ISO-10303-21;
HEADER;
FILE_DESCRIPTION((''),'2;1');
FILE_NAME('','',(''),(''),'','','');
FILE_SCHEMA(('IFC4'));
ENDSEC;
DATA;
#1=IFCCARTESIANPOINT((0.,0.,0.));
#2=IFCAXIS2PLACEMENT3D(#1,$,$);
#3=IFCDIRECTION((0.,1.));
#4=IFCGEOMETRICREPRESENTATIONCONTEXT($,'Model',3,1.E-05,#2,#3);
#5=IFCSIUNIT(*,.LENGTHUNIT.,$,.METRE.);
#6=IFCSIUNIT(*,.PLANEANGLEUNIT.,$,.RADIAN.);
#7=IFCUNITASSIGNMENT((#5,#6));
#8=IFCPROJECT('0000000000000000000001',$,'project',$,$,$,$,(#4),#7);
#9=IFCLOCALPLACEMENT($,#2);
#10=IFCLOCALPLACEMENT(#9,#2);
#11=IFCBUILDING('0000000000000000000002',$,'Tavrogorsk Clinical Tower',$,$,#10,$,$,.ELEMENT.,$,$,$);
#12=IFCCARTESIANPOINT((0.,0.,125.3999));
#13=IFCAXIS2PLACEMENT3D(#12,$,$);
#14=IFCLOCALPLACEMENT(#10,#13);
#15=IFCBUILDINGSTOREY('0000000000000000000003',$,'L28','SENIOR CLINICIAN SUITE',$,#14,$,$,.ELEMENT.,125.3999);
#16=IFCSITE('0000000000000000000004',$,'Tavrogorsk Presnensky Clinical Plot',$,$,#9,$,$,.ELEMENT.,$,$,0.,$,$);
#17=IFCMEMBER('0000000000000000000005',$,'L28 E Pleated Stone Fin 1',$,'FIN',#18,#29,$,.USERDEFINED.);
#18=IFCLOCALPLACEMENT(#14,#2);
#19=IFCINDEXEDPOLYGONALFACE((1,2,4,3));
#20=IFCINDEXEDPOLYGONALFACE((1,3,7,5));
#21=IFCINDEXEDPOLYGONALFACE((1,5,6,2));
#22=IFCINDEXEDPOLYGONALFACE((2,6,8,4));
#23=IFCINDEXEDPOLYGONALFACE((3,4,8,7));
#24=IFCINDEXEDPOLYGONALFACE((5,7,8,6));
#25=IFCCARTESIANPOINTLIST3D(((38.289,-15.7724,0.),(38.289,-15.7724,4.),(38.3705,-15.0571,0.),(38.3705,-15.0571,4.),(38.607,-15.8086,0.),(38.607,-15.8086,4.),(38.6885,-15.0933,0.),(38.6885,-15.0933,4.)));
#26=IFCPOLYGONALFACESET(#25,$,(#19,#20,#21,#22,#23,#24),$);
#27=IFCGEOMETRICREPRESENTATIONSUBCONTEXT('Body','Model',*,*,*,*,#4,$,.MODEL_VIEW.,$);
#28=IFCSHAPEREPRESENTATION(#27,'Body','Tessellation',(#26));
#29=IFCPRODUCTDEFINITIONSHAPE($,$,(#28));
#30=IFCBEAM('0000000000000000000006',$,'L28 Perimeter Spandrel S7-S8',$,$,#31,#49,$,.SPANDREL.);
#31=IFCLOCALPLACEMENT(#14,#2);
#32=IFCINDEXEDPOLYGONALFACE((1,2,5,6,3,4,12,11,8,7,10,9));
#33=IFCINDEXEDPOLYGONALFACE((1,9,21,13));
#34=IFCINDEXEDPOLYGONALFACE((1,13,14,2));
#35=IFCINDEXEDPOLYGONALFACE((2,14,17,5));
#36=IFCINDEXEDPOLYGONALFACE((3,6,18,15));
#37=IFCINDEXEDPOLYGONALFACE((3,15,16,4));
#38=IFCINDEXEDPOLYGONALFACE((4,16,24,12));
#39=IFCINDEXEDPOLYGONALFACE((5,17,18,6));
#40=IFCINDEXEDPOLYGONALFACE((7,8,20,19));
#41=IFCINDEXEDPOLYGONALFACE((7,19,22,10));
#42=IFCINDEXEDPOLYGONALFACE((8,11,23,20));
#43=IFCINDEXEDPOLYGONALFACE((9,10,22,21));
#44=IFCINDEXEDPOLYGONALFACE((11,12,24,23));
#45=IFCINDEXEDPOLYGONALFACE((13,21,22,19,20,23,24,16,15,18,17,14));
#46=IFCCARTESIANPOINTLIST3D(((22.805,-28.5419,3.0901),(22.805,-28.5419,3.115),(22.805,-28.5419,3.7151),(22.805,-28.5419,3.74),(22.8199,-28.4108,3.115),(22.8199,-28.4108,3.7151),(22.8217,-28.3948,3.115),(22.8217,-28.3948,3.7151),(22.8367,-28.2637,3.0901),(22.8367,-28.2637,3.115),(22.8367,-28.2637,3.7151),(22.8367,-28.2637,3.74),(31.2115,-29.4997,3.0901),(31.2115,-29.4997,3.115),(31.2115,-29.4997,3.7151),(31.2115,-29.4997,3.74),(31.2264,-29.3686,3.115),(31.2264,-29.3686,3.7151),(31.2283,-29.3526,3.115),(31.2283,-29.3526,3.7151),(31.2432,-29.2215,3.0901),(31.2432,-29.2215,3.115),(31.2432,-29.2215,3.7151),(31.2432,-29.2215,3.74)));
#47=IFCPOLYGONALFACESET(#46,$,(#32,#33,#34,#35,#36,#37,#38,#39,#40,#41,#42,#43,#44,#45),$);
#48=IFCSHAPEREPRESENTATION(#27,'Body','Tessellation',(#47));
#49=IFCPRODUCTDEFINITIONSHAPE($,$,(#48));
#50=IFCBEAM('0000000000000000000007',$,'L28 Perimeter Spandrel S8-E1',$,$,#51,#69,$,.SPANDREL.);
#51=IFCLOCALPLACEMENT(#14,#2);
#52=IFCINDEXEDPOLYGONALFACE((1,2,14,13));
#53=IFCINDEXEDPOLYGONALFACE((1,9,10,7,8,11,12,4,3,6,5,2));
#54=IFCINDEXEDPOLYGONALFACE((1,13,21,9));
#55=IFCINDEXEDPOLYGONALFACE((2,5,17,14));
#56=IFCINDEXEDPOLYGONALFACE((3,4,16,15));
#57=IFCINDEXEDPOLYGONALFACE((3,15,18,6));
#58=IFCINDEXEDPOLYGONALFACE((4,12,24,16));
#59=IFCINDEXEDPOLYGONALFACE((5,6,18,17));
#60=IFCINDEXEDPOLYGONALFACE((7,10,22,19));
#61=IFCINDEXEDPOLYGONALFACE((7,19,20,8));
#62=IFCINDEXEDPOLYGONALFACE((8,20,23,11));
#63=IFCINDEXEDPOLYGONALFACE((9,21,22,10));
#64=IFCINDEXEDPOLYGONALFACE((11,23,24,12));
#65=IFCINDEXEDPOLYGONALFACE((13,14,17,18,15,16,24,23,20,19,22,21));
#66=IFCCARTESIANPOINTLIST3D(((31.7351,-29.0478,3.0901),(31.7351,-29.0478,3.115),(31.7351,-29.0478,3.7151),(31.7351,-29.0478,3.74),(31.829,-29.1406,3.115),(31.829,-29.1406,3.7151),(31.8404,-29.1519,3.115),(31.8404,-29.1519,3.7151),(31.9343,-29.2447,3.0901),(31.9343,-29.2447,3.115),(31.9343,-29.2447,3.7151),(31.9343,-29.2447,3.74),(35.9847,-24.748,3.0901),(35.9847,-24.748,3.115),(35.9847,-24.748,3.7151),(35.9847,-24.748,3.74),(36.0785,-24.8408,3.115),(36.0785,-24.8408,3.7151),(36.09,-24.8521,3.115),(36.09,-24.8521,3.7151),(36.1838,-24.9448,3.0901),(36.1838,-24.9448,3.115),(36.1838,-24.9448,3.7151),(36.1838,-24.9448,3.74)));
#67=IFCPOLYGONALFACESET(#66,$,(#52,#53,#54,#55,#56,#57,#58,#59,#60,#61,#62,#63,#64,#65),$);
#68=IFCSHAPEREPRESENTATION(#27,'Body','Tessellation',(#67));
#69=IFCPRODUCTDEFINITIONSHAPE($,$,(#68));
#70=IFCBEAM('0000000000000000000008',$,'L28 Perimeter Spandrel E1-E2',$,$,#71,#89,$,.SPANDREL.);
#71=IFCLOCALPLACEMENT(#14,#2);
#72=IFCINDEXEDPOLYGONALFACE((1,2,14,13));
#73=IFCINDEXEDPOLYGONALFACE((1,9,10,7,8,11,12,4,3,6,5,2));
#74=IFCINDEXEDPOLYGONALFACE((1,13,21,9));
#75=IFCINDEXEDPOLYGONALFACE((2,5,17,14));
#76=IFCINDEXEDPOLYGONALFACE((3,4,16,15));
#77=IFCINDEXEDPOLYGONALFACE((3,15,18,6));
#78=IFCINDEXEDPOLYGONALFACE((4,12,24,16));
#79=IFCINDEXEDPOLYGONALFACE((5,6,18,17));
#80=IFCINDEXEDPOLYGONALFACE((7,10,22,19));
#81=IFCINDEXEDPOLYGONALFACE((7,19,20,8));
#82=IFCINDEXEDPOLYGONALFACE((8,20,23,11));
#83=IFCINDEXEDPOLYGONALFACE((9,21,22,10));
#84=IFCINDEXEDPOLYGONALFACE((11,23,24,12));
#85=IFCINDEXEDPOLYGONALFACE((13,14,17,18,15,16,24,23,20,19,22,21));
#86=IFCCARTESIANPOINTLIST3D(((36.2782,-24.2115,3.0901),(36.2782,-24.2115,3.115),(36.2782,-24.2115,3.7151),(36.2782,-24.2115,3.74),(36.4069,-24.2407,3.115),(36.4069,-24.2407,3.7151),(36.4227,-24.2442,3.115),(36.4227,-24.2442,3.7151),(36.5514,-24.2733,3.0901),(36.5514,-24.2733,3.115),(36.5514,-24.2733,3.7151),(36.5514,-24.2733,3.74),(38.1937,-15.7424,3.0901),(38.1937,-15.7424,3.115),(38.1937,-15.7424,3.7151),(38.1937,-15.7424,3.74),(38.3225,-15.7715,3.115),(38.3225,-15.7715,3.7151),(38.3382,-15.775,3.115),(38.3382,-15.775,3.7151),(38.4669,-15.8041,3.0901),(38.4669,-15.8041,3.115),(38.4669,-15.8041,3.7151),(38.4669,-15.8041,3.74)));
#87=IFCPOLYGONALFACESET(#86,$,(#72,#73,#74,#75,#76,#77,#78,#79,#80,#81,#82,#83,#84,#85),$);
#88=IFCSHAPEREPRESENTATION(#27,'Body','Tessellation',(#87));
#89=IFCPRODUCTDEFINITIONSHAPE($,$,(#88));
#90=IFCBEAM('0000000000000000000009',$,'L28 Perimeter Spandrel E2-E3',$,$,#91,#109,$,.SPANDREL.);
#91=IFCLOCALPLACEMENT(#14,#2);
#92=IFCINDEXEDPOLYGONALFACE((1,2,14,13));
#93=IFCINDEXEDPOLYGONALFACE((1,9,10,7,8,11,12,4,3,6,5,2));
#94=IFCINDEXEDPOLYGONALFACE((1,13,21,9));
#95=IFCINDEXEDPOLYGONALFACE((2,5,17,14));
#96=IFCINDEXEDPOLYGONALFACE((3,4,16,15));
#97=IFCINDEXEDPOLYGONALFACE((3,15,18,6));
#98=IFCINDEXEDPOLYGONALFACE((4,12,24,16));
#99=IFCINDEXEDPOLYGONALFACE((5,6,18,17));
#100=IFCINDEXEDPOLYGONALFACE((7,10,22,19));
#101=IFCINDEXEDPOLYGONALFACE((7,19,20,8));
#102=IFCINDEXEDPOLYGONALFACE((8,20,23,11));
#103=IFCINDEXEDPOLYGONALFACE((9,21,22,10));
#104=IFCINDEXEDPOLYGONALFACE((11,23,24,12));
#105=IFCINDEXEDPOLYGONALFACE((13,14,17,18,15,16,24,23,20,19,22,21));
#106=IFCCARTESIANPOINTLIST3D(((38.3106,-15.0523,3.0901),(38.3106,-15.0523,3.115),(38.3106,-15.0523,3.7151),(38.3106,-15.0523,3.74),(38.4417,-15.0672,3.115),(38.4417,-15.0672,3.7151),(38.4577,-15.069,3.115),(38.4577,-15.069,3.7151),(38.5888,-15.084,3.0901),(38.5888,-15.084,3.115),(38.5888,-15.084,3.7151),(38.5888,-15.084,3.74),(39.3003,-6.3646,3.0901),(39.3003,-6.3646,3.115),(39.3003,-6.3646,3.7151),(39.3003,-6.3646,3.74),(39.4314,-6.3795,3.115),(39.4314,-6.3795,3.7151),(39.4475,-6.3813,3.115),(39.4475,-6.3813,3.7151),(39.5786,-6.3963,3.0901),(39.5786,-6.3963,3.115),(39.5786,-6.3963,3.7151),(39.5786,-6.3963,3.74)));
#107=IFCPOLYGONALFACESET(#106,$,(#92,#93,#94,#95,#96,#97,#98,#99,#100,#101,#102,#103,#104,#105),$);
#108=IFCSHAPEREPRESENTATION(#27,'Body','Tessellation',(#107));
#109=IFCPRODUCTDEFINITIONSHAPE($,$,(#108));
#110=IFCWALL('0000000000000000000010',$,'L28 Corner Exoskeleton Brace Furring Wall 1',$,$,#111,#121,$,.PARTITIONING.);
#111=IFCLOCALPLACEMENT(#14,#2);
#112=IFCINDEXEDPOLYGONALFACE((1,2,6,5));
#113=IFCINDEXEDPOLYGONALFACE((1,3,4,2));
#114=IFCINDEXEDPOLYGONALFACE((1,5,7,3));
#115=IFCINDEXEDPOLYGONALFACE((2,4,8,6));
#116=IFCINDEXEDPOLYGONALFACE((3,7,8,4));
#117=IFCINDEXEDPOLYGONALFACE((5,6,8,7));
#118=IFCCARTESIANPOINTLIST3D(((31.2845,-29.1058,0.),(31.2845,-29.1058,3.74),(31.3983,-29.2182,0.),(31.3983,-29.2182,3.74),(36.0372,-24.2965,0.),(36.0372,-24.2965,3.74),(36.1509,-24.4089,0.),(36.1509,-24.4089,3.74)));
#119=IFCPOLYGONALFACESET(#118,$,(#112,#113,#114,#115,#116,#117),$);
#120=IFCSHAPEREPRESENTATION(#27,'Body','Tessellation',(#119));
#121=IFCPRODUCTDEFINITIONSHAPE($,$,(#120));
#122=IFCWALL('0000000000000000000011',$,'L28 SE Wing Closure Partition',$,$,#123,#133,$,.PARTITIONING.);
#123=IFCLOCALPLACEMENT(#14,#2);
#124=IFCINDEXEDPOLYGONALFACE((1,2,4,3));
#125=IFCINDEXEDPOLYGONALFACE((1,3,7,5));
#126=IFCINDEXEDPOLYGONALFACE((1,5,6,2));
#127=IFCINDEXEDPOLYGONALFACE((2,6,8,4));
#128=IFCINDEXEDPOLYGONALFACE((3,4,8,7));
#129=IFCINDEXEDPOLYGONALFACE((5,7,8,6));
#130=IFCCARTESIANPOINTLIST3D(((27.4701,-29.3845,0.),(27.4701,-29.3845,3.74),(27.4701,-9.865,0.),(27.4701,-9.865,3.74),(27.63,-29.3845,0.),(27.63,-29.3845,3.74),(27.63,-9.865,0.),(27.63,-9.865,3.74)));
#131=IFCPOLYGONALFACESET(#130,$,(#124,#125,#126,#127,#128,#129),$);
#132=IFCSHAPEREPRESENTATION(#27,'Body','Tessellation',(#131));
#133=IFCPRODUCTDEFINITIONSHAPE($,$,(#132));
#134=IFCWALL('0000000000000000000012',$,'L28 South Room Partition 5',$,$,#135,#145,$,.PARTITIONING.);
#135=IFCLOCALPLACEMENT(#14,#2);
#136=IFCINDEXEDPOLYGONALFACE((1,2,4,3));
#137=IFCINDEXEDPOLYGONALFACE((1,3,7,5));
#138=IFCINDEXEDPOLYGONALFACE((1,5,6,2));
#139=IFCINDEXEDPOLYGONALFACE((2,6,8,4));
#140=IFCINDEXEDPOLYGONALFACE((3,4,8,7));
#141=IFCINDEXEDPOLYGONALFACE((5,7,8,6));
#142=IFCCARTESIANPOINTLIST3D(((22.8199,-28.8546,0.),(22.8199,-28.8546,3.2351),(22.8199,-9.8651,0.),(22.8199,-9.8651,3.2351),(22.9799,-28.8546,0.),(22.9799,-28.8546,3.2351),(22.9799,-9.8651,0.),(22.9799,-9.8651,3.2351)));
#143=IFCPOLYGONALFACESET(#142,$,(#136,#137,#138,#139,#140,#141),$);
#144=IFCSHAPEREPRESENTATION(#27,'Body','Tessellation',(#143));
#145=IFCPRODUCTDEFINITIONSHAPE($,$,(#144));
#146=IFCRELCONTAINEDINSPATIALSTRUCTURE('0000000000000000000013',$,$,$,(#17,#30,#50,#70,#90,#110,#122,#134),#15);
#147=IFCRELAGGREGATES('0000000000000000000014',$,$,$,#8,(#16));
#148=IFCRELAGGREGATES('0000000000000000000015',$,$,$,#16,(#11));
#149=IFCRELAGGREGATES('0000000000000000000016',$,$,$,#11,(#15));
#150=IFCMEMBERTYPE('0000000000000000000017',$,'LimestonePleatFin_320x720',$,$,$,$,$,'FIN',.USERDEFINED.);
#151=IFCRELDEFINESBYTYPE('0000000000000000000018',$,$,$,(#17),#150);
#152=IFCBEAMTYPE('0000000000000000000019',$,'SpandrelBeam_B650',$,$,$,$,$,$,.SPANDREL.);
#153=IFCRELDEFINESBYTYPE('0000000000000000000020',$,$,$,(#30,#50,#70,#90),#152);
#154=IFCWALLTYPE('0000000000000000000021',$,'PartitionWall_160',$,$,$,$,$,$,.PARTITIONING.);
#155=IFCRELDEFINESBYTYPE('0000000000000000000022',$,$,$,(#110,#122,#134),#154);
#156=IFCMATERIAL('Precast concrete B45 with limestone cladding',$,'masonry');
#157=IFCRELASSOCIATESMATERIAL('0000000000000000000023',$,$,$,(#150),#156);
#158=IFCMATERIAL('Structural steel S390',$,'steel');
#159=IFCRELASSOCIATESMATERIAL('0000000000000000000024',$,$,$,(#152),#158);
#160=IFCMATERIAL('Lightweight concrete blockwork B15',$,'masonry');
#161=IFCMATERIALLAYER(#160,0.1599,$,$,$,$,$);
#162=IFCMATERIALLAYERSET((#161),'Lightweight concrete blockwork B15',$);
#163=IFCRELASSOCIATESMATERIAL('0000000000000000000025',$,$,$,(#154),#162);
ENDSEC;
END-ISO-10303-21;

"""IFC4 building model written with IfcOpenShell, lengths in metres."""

from ifc_helpers import new_model, si_unit, direction, frame, frame_2d, origin, origin_2d, place, context, subcontext, project, spatial, rectangle, i_section, extrude, material, layer, layer_set, material_profile, profile_set, type_object, element, save


model = new_model("IFC4")

# Units and contexts
model_context = context("Model", 3, precision=1e-05, world=origin(), true_north=direction((0.0, 1.0)))
body_context = subcontext(model_context, "Body", "Model", "MODEL_VIEW")
ifc_project = project(units=[si_unit("LENGTHUNIT", "METRE"), si_unit("PLANEANGLEUNIT", "RADIAN")], contexts=[model_context])

# Site, building, storey
site_placement = place(None, origin())
site = spatial("IfcSite", under=ifc_project, at=site_placement, Name="Tavrogorsk Presnensky Clinical Plot", CompositionType="ELEMENT", RefElevation=0.0)
building_placement = place(site_placement, origin())
building = spatial("IfcBuilding", under=site, at=building_placement, Name="Tavrogorsk Clinical Tower", CompositionType="ELEMENT")
storey_placement = place(building_placement, frame((0.0, 0.0, 125.3999)))
storey = spatial("IfcBuildingStorey", under=building, at=storey_placement, Name="L28", Description="SENIOR CLINICIAN SUITE", CompositionType="ELEMENT", Elevation=125.3999)

# Member
ifc_material_1 = material(Name="Precast concrete B45 with limestone cladding", Category="masonry")
ifc_material_profile_1 = material_profile(ifc_material_1, rectangle(XDim=0.3201, YDim=0.72, at=origin_2d()), Name="LIMESTONE-FIN-320x720")
ifc_profile_set_1 = profile_set([ifc_material_profile_1], Name="Precast concrete B45 with limestone cladding")
member_type_1 = type_object("IfcMemberType", Name="LimestonePleatFin_320x720", ElementType="FIN", PredefinedType="USERDEFINED", material=ifc_profile_set_1)
member_1_placement = place(storey_placement, frame((38.4888, -15.4329, 0.0), z_axis=(0.0, 0.0, 1.0), x_axis=(0.993572, -0.113203, 0.0)))
element("IfcMember", 1, at=member_1_placement, inside=storey, type_object=member_type_1, Name="L28 E Pleated Stone Fin 1", ObjectType="FIN", PredefinedType="USERDEFINED", context=body_context, shape_type="SweptSolid", body=[
    extrude(rectangle(XDim=0.3201, YDim=0.72, at=origin_2d()), origin(), (0.0, 0.0, 1.0), 4.0),
])

# Beams
ifc_material_2 = material(Name="Structural steel S390", Category="steel")
ifc_material_profile_2 = material_profile(ifc_material_2, i_section(OverallWidth=0.28, OverallDepth=0.6499, WebThickness=0.0161, FlangeThickness=0.0249, at=origin_2d()), Name="B-650x280x16x25")
ifc_profile_set_2 = profile_set([ifc_material_profile_2], Name="Structural steel S390")
beam_type_1 = type_object("IfcBeamType", Name="SpandrelBeam_B650", PredefinedType="SPANDREL", material=ifc_profile_set_2)
beam_1_placement = place(storey_placement, frame((22.8208, -28.4028, 3.415), z_axis=(0.993572, -0.113199, 0.0), x_axis=(0.113199, 0.993572, 0.0)))
element("IfcBeam", 2, at=beam_1_placement, inside=storey, type_object=beam_type_1, Name="L28 Perimeter Spandrel S7-S8", PredefinedType="SPANDREL", context=body_context, shape_type="SweptSolid", body=[
    extrude(i_section(OverallWidth=0.28, OverallDepth=0.6499, WebThickness=0.0161, FlangeThickness=0.0249, at=origin_2d()), origin(), (0.0, 0.0, 1.0), 8.4609),
])
beam_2_placement = place(storey_placement, frame((31.8347, -29.1462, 3.415), z_axis=(0.702935, 0.711254, 0.0), x_axis=(-0.711254, 0.702935, 0.0)))
element("IfcBeam", 3, at=beam_2_placement, inside=storey, type_object=beam_type_1, Name="L28 Perimeter Spandrel S8-E1", PredefinedType="SPANDREL", context=body_context, shape_type="SweptSolid", body=[
    extrude(i_section(OverallWidth=0.28, OverallDepth=0.6499, WebThickness=0.0161, FlangeThickness=0.0249, at=origin_2d()), origin(), (0.0, 0.0, 1.0), 6.0454),
])
beam_3_placement = place(storey_placement, frame((36.4148, -24.2424, 3.415), z_axis=(0.220603, 0.975364, 0.0), x_axis=(-0.975364, 0.220603, 0.0)))
element("IfcBeam", 4, at=beam_3_placement, inside=storey, type_object=beam_type_1, Name="L28 Perimeter Spandrel E1-E2", PredefinedType="SPANDREL", context=body_context, shape_type="SweptSolid", body=[
    extrude(i_section(OverallWidth=0.28, OverallDepth=0.6499, WebThickness=0.0161, FlangeThickness=0.0249, at=origin_2d()), origin(), (0.0, 0.0, 1.0), 8.6831),
])
beam_4_placement = place(storey_placement, frame((38.4497, -15.0681, 3.415), z_axis=(0.113192, 0.993573, 0.0), x_axis=(-0.993573, 0.113192, 0.0)))
element("IfcBeam", 5, at=beam_4_placement, inside=storey, type_object=beam_type_1, Name="L28 Perimeter Spandrel E2-E3", PredefinedType="SPANDREL", context=body_context, shape_type="SweptSolid", body=[
    extrude(i_section(OverallWidth=0.28, OverallDepth=0.6499, WebThickness=0.0161, FlangeThickness=0.0249, at=origin_2d()), origin(), (0.0, 0.0, 1.0), 8.7439),
])

# Walls
ifc_material_3 = material(Name="Lightweight concrete blockwork B15", Category="masonry")
ifc_layer_1 = layer(ifc_material_3, 0.1599)
ifc_layer_set_1 = layer_set([ifc_layer_1], Name="Lightweight concrete blockwork B15")
wall_type_1 = type_object("IfcWallType", Name="PartitionWall_160", PredefinedType="PARTITIONING", material=ifc_layer_set_1)
wall_1_placement = place(storey_placement, frame((31.3413, -29.1621, 0.0), z_axis=(0.0, 0.0, 1.0), x_axis=(0.702906, 0.711283, 0.0)))
element("IfcWall", 6, at=wall_1_placement, inside=storey, type_object=wall_type_1, Name="L28 Corner Exoskeleton Brace Furring Wall 1", PredefinedType="PARTITIONING", context=body_context, shape_type="SweptSolid", body=[
    extrude(rectangle(XDim=6.7615, YDim=0.1599, at=frame_2d((3.3809, 0.0))), origin(), (0.0, 0.0, 1.0), 3.74),
])
wall_2_placement = place(storey_placement, frame((27.55, -29.3845, 0.0), z_axis=(0.0, 0.0, 1.0), x_axis=(0.0, 1.0, 0.0)))
element("IfcWall", 7, at=wall_2_placement, inside=storey, type_object=wall_type_1, Name="L28 SE Wing Closure Partition", PredefinedType="PARTITIONING", context=body_context, shape_type="SweptSolid", body=[
    extrude(rectangle(XDim=19.5195, YDim=0.1599, at=frame_2d((9.7598, 0.0))), origin(), (0.0, 0.0, 1.0), 3.74),
])
wall_3_placement = place(storey_placement, frame((22.8999, -28.8545, 0.0), z_axis=(0.0, 0.0, 1.0), x_axis=(0.0, 1.0, 0.0)))
element("IfcWall", 8, at=wall_3_placement, inside=storey, type_object=wall_type_1, Name="L28 South Room Partition 5", PredefinedType="PARTITIONING", context=body_context, shape_type="SweptSolid", body=[
    extrude(rectangle(XDim=18.9895, YDim=0.1599, at=frame_2d((9.4946, 0.0))), origin(), (0.0, 0.0, 1.0), 3.2351),
])

save(model, "model.ifc")
